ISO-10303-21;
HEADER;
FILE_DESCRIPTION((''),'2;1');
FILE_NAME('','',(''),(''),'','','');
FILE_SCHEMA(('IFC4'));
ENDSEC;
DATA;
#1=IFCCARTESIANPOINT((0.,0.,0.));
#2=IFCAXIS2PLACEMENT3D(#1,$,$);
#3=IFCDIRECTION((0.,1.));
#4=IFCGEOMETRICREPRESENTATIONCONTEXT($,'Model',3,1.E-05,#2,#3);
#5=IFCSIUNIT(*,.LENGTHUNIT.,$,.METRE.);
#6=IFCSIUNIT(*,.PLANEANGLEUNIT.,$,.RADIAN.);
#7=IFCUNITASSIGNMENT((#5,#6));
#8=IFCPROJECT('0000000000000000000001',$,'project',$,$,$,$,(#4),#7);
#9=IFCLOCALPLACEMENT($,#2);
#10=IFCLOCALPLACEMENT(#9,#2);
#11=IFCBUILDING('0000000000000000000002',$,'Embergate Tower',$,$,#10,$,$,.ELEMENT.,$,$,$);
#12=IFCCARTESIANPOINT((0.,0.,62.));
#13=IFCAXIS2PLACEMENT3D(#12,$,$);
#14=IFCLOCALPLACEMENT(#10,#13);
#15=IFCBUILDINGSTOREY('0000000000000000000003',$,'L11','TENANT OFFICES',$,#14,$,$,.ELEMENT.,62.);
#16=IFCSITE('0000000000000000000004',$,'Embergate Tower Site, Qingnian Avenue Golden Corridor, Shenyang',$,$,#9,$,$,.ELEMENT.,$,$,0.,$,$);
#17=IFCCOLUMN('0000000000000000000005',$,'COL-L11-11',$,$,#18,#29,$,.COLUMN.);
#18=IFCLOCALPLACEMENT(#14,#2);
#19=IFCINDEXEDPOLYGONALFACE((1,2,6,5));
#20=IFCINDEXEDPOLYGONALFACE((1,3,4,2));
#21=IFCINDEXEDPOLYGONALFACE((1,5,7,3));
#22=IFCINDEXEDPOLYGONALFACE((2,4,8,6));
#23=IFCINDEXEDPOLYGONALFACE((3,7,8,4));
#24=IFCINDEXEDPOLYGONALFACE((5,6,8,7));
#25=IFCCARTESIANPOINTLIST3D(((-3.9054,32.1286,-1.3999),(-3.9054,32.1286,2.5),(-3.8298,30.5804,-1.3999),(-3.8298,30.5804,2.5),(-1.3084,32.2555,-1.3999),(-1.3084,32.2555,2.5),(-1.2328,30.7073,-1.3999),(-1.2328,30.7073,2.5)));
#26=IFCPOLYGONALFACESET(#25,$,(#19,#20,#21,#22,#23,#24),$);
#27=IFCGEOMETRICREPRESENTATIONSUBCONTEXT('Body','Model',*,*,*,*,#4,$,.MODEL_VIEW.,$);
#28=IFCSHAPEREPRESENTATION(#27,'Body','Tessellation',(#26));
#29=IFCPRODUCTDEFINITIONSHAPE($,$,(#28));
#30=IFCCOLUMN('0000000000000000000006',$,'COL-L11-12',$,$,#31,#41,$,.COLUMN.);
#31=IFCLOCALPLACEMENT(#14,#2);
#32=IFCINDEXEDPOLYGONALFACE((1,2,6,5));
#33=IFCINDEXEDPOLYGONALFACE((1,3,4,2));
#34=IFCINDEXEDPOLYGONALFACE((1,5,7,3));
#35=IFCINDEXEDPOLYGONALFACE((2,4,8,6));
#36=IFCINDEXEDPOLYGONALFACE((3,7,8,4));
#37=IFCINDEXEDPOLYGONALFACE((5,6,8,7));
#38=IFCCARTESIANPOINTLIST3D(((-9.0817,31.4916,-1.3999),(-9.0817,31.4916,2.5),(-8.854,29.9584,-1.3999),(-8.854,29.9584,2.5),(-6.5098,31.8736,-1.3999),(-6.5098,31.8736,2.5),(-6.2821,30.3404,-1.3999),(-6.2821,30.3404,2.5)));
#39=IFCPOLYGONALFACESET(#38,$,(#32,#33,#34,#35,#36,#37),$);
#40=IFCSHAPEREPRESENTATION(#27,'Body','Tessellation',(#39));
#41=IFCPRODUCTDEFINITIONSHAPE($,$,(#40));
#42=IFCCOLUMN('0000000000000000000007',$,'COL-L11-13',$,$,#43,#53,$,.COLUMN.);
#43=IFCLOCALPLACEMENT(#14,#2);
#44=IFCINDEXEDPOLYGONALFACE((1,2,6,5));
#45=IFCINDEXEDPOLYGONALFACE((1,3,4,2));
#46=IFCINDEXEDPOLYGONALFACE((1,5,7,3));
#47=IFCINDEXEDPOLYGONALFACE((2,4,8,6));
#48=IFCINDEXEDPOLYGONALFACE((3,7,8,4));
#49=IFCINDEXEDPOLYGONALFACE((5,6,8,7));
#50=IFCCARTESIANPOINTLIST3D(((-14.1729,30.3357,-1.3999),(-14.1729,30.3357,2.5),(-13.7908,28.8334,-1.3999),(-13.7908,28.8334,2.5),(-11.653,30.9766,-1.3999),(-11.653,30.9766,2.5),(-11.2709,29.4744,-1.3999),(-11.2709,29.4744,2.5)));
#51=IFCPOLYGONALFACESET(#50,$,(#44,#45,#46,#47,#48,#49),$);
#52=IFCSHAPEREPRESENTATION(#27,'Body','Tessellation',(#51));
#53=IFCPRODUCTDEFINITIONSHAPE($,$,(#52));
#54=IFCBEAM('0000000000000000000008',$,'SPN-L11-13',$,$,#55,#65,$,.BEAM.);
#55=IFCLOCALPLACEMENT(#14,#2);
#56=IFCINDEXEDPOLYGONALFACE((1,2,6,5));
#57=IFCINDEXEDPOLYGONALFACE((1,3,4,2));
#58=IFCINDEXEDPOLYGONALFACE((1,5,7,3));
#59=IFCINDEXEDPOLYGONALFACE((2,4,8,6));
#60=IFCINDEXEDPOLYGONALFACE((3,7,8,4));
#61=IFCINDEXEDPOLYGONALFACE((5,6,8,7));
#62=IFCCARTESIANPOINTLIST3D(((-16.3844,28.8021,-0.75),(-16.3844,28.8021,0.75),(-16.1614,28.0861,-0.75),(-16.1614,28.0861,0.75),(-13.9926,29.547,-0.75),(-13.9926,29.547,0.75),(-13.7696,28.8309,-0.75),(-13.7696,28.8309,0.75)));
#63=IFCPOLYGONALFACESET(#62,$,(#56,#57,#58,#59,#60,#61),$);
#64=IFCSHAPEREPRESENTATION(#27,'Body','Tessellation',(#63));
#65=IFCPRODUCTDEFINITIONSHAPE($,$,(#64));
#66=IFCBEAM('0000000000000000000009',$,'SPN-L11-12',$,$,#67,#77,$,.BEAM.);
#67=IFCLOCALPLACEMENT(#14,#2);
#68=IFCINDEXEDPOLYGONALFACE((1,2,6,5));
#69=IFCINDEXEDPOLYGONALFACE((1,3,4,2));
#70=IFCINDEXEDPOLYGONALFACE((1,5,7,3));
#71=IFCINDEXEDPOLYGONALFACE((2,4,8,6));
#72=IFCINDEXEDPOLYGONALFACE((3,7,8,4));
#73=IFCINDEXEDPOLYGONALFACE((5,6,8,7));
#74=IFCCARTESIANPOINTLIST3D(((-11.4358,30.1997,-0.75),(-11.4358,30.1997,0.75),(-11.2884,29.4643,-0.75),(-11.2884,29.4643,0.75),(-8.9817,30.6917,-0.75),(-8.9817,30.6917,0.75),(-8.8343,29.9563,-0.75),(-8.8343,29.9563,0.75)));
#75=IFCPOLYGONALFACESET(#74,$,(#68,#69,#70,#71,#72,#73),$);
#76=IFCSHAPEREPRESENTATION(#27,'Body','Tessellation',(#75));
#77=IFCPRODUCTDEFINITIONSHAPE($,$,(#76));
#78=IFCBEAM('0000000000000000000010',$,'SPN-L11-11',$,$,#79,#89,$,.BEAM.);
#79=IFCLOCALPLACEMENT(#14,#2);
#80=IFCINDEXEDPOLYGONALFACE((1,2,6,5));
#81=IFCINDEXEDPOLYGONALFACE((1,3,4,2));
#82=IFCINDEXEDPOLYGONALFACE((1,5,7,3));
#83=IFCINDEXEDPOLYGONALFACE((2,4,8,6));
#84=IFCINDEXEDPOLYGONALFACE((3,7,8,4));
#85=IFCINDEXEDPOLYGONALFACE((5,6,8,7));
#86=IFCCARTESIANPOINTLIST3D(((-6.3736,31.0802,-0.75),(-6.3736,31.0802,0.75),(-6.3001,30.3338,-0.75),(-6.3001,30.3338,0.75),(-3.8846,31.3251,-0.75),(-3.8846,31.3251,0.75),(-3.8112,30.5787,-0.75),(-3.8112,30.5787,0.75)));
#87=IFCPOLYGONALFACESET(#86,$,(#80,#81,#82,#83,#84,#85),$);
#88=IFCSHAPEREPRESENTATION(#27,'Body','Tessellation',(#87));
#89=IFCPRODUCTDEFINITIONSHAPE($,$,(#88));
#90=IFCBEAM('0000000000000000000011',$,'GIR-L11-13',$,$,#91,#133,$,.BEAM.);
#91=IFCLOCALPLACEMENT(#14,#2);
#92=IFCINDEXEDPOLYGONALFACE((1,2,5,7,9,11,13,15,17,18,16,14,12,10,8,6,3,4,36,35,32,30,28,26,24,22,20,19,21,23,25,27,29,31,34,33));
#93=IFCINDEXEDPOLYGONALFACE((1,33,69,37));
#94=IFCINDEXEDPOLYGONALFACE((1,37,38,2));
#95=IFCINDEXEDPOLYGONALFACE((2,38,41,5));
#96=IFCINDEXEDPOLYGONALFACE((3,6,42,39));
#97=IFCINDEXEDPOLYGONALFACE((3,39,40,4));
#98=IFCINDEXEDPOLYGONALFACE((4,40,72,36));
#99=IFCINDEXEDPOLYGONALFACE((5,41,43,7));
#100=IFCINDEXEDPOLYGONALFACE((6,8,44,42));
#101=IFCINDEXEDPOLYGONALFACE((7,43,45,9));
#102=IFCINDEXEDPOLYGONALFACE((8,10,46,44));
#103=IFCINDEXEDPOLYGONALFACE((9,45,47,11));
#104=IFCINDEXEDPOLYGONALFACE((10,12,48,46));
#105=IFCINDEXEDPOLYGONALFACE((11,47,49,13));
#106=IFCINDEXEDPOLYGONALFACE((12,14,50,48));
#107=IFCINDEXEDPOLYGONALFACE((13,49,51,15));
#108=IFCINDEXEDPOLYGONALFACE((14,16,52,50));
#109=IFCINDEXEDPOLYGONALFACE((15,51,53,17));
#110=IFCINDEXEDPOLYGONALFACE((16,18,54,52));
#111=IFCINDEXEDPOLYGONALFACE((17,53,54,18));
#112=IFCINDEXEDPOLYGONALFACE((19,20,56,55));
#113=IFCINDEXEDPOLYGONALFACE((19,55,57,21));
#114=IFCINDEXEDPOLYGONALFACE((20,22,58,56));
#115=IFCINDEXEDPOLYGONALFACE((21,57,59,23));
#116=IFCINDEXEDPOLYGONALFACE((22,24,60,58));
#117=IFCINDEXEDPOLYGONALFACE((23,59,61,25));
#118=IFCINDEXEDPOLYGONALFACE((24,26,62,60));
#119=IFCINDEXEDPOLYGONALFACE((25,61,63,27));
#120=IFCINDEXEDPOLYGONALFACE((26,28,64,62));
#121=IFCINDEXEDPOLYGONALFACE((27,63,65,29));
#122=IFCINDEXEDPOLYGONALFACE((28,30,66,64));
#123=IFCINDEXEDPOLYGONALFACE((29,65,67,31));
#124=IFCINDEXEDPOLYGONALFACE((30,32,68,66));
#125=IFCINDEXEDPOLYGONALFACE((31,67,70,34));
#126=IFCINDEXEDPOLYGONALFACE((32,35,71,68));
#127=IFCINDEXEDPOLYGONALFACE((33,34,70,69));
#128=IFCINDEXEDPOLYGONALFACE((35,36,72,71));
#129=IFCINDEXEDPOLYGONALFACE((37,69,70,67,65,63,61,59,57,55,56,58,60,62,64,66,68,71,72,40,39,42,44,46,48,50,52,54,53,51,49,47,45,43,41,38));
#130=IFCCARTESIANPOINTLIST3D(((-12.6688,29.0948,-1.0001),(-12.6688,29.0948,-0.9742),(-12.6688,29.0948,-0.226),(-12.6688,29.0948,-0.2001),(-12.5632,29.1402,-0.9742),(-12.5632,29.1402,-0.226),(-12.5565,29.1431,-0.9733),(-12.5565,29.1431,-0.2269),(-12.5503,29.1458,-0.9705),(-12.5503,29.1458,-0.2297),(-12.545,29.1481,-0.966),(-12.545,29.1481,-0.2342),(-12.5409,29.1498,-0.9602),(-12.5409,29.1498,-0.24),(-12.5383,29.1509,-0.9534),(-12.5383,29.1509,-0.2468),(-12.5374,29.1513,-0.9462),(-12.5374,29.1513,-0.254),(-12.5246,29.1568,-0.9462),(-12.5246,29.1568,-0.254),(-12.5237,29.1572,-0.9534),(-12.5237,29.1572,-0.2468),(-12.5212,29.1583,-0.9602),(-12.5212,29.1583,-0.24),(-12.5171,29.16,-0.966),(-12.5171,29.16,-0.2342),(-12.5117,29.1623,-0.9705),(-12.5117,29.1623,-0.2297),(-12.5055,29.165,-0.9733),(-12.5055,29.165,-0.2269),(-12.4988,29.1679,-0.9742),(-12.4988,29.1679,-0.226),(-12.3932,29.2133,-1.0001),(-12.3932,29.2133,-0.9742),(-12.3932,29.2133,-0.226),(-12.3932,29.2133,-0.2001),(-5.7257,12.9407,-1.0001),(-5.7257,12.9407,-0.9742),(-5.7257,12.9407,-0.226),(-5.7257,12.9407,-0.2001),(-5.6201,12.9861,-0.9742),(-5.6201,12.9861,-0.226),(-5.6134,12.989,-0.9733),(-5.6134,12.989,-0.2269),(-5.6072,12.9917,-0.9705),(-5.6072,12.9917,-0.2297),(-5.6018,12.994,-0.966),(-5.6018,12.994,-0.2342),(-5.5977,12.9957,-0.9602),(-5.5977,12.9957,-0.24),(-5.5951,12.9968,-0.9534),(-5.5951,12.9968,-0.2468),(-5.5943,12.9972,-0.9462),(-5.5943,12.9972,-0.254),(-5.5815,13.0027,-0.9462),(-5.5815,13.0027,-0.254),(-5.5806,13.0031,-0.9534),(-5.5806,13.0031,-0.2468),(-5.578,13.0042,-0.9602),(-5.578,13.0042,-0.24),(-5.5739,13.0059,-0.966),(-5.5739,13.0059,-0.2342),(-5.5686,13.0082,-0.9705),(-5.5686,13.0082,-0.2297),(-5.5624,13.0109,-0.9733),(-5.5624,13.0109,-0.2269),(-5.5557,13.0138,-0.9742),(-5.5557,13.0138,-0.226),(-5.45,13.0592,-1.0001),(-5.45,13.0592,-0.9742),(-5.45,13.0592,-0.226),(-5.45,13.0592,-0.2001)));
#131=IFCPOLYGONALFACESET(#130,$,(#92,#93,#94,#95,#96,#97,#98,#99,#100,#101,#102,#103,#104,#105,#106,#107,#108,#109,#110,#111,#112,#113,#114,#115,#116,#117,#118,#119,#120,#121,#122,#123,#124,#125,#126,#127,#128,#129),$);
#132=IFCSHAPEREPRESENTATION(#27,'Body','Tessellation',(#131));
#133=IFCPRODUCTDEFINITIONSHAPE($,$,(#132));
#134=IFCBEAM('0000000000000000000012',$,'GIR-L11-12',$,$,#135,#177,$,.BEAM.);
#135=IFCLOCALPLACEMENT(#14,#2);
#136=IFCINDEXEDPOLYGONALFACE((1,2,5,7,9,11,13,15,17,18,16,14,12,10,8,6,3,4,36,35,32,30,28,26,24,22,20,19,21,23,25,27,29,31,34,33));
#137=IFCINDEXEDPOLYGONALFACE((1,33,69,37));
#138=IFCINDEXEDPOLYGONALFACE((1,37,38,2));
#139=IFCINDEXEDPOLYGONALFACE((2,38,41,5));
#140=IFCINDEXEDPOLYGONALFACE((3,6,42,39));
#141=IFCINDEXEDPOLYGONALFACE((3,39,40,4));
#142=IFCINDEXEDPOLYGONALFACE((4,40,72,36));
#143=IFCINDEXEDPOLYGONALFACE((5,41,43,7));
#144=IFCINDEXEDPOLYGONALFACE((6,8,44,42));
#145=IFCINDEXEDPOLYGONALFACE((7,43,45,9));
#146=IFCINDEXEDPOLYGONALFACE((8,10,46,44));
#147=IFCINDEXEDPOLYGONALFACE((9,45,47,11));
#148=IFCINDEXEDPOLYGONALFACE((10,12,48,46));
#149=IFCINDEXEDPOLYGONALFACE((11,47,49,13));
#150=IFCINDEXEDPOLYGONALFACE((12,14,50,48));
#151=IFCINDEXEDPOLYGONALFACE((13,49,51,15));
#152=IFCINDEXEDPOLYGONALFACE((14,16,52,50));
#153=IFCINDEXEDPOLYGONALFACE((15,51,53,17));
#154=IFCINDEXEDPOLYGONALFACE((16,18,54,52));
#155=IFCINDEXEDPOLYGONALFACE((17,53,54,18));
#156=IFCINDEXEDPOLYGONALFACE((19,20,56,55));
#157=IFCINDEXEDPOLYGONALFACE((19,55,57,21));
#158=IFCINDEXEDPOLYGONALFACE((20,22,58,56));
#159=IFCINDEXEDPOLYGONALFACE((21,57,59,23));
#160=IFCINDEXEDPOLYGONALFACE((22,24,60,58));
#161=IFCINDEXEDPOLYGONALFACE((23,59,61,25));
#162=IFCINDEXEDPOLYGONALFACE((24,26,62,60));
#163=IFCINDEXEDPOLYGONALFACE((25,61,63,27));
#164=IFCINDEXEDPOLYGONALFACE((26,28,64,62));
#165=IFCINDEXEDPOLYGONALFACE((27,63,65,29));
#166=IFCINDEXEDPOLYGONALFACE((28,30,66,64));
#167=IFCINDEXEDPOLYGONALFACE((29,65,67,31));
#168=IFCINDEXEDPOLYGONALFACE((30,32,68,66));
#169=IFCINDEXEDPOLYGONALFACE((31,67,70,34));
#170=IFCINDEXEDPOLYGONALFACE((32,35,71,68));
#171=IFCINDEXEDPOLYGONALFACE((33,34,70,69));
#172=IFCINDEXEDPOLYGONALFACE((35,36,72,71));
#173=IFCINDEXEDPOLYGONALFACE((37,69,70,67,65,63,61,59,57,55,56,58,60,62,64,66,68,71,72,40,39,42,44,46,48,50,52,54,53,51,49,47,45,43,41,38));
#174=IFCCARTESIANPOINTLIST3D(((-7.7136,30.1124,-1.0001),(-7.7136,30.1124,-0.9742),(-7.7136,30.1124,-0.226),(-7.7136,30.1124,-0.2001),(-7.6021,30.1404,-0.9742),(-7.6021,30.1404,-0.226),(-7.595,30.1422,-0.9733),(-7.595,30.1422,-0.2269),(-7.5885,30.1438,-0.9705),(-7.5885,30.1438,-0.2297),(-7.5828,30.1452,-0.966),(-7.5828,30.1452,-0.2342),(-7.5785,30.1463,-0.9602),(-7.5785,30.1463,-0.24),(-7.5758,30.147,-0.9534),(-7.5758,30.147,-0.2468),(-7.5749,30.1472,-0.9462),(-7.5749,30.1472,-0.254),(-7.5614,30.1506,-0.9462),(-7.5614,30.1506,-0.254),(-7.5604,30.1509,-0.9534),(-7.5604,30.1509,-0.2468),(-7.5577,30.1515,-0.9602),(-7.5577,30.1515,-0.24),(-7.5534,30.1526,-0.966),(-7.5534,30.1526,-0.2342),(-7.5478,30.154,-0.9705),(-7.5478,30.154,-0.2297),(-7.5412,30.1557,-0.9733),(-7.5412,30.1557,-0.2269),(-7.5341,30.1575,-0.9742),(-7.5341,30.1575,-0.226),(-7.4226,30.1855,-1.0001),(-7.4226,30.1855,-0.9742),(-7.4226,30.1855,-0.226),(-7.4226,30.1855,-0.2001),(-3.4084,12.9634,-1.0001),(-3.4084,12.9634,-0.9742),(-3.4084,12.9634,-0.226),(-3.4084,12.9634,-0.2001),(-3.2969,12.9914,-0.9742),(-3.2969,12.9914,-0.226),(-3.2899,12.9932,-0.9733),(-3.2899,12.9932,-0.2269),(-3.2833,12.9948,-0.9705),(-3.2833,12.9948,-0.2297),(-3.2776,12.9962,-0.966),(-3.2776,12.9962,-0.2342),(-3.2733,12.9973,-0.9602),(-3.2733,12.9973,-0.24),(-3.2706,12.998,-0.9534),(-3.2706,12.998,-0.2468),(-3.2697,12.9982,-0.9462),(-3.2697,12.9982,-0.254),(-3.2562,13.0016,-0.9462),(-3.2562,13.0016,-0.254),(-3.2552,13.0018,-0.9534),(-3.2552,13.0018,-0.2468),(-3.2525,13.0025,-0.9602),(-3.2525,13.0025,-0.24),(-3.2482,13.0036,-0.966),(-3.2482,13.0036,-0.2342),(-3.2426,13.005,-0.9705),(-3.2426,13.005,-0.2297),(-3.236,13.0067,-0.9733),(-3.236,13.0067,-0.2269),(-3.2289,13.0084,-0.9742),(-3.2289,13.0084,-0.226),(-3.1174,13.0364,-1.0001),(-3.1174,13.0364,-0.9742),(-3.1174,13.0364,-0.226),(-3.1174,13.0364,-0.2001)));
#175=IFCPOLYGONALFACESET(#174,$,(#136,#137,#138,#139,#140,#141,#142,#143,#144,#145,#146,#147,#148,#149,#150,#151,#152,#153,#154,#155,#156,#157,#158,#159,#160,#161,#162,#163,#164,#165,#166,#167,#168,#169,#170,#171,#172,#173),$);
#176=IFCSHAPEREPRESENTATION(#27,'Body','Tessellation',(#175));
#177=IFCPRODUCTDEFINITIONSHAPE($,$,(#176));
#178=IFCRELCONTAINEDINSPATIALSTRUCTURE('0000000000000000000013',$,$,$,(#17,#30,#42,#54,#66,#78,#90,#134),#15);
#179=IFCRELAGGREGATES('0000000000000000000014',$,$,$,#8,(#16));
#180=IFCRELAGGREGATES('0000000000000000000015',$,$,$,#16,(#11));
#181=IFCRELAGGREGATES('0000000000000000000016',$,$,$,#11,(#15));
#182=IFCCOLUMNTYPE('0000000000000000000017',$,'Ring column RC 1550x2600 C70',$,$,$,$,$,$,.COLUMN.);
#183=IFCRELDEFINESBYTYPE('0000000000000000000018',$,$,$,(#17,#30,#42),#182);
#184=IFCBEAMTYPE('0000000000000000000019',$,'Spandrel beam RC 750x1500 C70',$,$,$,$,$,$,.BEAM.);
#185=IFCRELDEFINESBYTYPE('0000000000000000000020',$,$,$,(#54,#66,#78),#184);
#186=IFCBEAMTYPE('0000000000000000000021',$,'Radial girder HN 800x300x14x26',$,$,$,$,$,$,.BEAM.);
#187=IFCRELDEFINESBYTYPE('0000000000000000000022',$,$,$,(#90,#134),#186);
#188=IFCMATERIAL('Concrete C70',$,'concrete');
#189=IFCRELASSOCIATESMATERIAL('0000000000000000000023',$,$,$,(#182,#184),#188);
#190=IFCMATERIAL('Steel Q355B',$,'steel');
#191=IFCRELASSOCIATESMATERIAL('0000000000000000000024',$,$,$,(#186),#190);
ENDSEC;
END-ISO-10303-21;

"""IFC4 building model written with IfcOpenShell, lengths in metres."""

from ifc_helpers import new_model, si_unit, direction, frame, origin, origin_2d, place, context, subcontext, project, spatial, rectangle, i_section, extrude, source, transform, mapped, material, material_profile, profile_set, type_object, element, save


model = new_model("IFC4")

# Units and contexts
model_context = context("Model", 3, precision=1e-05, world=origin(), true_north=direction((0.0, 1.0)))
body_context = subcontext(model_context, "Body", "Model", "MODEL_VIEW")
ifc_project = project(units=[si_unit("LENGTHUNIT", "METRE"), si_unit("PLANEANGLEUNIT", "RADIAN")], contexts=[model_context])

# Site, building, storey
site_placement = place(None, origin())
site = spatial("IfcSite", under=ifc_project, at=site_placement, Name="Embergate Tower Site, Qingnian Avenue Golden Corridor, Shenyang", CompositionType="ELEMENT", RefElevation=0.0)
building_placement = place(site_placement, origin())
building = spatial("IfcBuilding", under=site, at=building_placement, Name="Embergate Tower", CompositionType="ELEMENT")
storey_placement = place(building_placement, frame((0.0, 0.0, 62.0)))
storey = spatial("IfcBuildingStorey", under=building, at=storey_placement, Name="L11", Description="TENANT OFFICES", CompositionType="ELEMENT", Elevation=62.0)

# Columns
ifc_material_1 = material(Name="Concrete C70", Category="concrete")
ifc_material_profile_1 = material_profile(ifc_material_1, rectangle(XDim=1.55, YDim=2.6001, at=origin_2d()), Name="RC 1550x2600")
ifc_profile_set_1 = profile_set([ifc_material_profile_1], Name="Concrete C70")
column_type = type_object("IfcColumnType", Name="Ring column RC 1550x2600 C70", PredefinedType="COLUMN", material=ifc_profile_set_1)
shared_shape_1 = source(origin(), body_context, "Body", "SweptSolid", [
    extrude(rectangle(XDim=1.55, YDim=2.6001, at=origin_2d()), origin(), (0.0, 0.0, 1.0), 3.8999),
])
for number, where, z_axis, x_axis, name in (
    (1, (-2.5691, 31.418, -1.3999), (0.0, 0.0, 1.0), (-0.048815, 0.998808, 0.0), "COL-L11-11"),
    (2, (-7.6819, 30.916, -1.3999), (0.0, 0.0, 1.0), (-0.146929, 0.989147, 0.0), "COL-L11-12"),
    (3, (-12.7219, 29.905, -1.3999), (0.0, 0.0, 1.0), (-0.246509, 0.969141, 0.0), "COL-L11-13"),
):
    element("IfcColumn", number, at=place(storey_placement, frame(where, z_axis=z_axis, x_axis=x_axis)), inside=storey, type_object=column_type, Name=name, PredefinedType="COLUMN", context=body_context, shape_type="MappedRepresentation", body=[
        mapped(shared_shape_1, transform((0.0, 0.0, 0.0))),
    ])

# Beams
ifc_material_profile_2 = material_profile(ifc_material_1, rectangle(XDim=0.75, YDim=1.5, at=origin_2d()), Name="RC 750x1500")
ifc_profile_set_2 = profile_set([ifc_material_profile_2], Name="Concrete C70")
beam_type_1 = type_object("IfcBeamType", Name="Spandrel beam RC 750x1500 C70", PredefinedType="BEAM", material=ifc_profile_set_2)
shared_shape_2 = source(origin(), body_context, "Body", "SweptSolid", [
    extrude(rectangle(XDim=0.75, YDim=1.5, at=origin_2d()), origin(), (0.0, 0.0, 1.0), 2.5051),
])
beam_1_placement = place(storey_placement, frame((-13.8811, 29.189, 0.0), z_axis=(-0.954773, -0.297337, 0.0), x_axis=(0.297337, -0.954773, 0.0)))
element("IfcBeam", 4, at=beam_1_placement, inside=storey, type_object=beam_type_1, Name="SPN-L11-13", PredefinedType="BEAM", context=body_context, shape_type="MappedRepresentation", body=[
    mapped(shared_shape_2, transform((0.0, 0.0, 0.0))),
])
shared_shape_3 = source(origin(), body_context, "Body", "SweptSolid", [
    extrude(rectangle(XDim=0.75, YDim=1.5, at=origin_2d()), origin(), (0.0, 0.0, 1.0), 2.5029),
])
beam_2_placement = place(storey_placement, frame((-8.908, 30.324, 0.0), z_axis=(-0.980494, -0.196548, 0.0), x_axis=(0.196548, -0.980494, 0.0)))
element("IfcBeam", 5, at=beam_2_placement, inside=storey, type_object=beam_type_1, Name="SPN-L11-12", PredefinedType="BEAM", context=body_context, shape_type="MappedRepresentation", body=[
    mapped(shared_shape_3, transform((0.0, 0.0, 0.0))),
])
shared_shape_4 = source(origin(), body_context, "Body", "SweptSolid", [
    extrude(rectangle(XDim=0.75, YDim=1.5, at=origin_2d()), origin(), (0.0, 0.0, 1.0), 2.501),
])
beam_3_placement = place(storey_placement, frame((-3.8479, 30.9519, 0.0), z_axis=(-0.995195, -0.097909, 0.0), x_axis=(0.097909, -0.995195, 0.0)))
element("IfcBeam", 6, at=beam_3_placement, inside=storey, type_object=beam_type_1, Name="SPN-L11-11", PredefinedType="BEAM", context=body_context, shape_type="MappedRepresentation", body=[
    mapped(shared_shape_4, transform((0.0, 0.0, 0.0))),
])
ifc_material_2 = material(Name="Steel Q355B", Category="steel")
ifc_material_profile_3 = material_profile(ifc_material_2, i_section(OverallWidth=0.3, OverallDepth=0.8, WebThickness=0.0139, FlangeThickness=0.0259, FilletRadius=0.0281, at=origin_2d()), Name="HN 800x300x14x26")
ifc_profile_set_3 = profile_set([ifc_material_profile_3], Name="Steel Q355 grade B")
beam_type_2 = type_object("IfcBeamType", Name="Radial girder HN 800x300x14x26", PredefinedType="BEAM", material=ifc_profile_set_3)
shared_shape_5 = source(origin(), body_context, "Body", "SweptSolid", [
    extrude(i_section(OverallWidth=0.3, OverallDepth=0.8, WebThickness=0.0139, FlangeThickness=0.0259, FilletRadius=0.0281, at=origin_2d()), origin(), (0.0, 0.0, 1.0), 17.583),
])
beam_4_placement = place(storey_placement, frame((-12.531, 29.1541, -0.6001), z_axis=(0.394878, -0.918734, 0.0), x_axis=(0.918734, 0.394878, 0.0)))
element("IfcBeam", 7, at=beam_4_placement, inside=storey, type_object=beam_type_2, Name="GIR-L11-13", PredefinedType="BEAM", context=body_context, shape_type="MappedRepresentation", body=[
    mapped(shared_shape_5, transform((0.0, 0.0, 0.0))),
])
shared_shape_6 = source(origin(), body_context, "Body", "SweptSolid", [
    extrude(i_section(OverallWidth=0.3, OverallDepth=0.8, WebThickness=0.0139, FlangeThickness=0.0259, FilletRadius=0.0281, at=origin_2d()), origin(), (0.0, 0.0, 1.0), 17.6812),
])
beam_5_placement = place(storey_placement, frame((-7.5681, 30.1489, -0.6001), z_axis=(0.243491, -0.969903, 0.0), x_axis=(0.969903, 0.243491, 0.0)))
element("IfcBeam", 8, at=beam_5_placement, inside=storey, type_object=beam_type_2, Name="GIR-L11-12", PredefinedType="BEAM", context=body_context, shape_type="MappedRepresentation", body=[
    mapped(shared_shape_6, transform((0.0, 0.0, 0.0))),
])

save(model, "model.ifc")
